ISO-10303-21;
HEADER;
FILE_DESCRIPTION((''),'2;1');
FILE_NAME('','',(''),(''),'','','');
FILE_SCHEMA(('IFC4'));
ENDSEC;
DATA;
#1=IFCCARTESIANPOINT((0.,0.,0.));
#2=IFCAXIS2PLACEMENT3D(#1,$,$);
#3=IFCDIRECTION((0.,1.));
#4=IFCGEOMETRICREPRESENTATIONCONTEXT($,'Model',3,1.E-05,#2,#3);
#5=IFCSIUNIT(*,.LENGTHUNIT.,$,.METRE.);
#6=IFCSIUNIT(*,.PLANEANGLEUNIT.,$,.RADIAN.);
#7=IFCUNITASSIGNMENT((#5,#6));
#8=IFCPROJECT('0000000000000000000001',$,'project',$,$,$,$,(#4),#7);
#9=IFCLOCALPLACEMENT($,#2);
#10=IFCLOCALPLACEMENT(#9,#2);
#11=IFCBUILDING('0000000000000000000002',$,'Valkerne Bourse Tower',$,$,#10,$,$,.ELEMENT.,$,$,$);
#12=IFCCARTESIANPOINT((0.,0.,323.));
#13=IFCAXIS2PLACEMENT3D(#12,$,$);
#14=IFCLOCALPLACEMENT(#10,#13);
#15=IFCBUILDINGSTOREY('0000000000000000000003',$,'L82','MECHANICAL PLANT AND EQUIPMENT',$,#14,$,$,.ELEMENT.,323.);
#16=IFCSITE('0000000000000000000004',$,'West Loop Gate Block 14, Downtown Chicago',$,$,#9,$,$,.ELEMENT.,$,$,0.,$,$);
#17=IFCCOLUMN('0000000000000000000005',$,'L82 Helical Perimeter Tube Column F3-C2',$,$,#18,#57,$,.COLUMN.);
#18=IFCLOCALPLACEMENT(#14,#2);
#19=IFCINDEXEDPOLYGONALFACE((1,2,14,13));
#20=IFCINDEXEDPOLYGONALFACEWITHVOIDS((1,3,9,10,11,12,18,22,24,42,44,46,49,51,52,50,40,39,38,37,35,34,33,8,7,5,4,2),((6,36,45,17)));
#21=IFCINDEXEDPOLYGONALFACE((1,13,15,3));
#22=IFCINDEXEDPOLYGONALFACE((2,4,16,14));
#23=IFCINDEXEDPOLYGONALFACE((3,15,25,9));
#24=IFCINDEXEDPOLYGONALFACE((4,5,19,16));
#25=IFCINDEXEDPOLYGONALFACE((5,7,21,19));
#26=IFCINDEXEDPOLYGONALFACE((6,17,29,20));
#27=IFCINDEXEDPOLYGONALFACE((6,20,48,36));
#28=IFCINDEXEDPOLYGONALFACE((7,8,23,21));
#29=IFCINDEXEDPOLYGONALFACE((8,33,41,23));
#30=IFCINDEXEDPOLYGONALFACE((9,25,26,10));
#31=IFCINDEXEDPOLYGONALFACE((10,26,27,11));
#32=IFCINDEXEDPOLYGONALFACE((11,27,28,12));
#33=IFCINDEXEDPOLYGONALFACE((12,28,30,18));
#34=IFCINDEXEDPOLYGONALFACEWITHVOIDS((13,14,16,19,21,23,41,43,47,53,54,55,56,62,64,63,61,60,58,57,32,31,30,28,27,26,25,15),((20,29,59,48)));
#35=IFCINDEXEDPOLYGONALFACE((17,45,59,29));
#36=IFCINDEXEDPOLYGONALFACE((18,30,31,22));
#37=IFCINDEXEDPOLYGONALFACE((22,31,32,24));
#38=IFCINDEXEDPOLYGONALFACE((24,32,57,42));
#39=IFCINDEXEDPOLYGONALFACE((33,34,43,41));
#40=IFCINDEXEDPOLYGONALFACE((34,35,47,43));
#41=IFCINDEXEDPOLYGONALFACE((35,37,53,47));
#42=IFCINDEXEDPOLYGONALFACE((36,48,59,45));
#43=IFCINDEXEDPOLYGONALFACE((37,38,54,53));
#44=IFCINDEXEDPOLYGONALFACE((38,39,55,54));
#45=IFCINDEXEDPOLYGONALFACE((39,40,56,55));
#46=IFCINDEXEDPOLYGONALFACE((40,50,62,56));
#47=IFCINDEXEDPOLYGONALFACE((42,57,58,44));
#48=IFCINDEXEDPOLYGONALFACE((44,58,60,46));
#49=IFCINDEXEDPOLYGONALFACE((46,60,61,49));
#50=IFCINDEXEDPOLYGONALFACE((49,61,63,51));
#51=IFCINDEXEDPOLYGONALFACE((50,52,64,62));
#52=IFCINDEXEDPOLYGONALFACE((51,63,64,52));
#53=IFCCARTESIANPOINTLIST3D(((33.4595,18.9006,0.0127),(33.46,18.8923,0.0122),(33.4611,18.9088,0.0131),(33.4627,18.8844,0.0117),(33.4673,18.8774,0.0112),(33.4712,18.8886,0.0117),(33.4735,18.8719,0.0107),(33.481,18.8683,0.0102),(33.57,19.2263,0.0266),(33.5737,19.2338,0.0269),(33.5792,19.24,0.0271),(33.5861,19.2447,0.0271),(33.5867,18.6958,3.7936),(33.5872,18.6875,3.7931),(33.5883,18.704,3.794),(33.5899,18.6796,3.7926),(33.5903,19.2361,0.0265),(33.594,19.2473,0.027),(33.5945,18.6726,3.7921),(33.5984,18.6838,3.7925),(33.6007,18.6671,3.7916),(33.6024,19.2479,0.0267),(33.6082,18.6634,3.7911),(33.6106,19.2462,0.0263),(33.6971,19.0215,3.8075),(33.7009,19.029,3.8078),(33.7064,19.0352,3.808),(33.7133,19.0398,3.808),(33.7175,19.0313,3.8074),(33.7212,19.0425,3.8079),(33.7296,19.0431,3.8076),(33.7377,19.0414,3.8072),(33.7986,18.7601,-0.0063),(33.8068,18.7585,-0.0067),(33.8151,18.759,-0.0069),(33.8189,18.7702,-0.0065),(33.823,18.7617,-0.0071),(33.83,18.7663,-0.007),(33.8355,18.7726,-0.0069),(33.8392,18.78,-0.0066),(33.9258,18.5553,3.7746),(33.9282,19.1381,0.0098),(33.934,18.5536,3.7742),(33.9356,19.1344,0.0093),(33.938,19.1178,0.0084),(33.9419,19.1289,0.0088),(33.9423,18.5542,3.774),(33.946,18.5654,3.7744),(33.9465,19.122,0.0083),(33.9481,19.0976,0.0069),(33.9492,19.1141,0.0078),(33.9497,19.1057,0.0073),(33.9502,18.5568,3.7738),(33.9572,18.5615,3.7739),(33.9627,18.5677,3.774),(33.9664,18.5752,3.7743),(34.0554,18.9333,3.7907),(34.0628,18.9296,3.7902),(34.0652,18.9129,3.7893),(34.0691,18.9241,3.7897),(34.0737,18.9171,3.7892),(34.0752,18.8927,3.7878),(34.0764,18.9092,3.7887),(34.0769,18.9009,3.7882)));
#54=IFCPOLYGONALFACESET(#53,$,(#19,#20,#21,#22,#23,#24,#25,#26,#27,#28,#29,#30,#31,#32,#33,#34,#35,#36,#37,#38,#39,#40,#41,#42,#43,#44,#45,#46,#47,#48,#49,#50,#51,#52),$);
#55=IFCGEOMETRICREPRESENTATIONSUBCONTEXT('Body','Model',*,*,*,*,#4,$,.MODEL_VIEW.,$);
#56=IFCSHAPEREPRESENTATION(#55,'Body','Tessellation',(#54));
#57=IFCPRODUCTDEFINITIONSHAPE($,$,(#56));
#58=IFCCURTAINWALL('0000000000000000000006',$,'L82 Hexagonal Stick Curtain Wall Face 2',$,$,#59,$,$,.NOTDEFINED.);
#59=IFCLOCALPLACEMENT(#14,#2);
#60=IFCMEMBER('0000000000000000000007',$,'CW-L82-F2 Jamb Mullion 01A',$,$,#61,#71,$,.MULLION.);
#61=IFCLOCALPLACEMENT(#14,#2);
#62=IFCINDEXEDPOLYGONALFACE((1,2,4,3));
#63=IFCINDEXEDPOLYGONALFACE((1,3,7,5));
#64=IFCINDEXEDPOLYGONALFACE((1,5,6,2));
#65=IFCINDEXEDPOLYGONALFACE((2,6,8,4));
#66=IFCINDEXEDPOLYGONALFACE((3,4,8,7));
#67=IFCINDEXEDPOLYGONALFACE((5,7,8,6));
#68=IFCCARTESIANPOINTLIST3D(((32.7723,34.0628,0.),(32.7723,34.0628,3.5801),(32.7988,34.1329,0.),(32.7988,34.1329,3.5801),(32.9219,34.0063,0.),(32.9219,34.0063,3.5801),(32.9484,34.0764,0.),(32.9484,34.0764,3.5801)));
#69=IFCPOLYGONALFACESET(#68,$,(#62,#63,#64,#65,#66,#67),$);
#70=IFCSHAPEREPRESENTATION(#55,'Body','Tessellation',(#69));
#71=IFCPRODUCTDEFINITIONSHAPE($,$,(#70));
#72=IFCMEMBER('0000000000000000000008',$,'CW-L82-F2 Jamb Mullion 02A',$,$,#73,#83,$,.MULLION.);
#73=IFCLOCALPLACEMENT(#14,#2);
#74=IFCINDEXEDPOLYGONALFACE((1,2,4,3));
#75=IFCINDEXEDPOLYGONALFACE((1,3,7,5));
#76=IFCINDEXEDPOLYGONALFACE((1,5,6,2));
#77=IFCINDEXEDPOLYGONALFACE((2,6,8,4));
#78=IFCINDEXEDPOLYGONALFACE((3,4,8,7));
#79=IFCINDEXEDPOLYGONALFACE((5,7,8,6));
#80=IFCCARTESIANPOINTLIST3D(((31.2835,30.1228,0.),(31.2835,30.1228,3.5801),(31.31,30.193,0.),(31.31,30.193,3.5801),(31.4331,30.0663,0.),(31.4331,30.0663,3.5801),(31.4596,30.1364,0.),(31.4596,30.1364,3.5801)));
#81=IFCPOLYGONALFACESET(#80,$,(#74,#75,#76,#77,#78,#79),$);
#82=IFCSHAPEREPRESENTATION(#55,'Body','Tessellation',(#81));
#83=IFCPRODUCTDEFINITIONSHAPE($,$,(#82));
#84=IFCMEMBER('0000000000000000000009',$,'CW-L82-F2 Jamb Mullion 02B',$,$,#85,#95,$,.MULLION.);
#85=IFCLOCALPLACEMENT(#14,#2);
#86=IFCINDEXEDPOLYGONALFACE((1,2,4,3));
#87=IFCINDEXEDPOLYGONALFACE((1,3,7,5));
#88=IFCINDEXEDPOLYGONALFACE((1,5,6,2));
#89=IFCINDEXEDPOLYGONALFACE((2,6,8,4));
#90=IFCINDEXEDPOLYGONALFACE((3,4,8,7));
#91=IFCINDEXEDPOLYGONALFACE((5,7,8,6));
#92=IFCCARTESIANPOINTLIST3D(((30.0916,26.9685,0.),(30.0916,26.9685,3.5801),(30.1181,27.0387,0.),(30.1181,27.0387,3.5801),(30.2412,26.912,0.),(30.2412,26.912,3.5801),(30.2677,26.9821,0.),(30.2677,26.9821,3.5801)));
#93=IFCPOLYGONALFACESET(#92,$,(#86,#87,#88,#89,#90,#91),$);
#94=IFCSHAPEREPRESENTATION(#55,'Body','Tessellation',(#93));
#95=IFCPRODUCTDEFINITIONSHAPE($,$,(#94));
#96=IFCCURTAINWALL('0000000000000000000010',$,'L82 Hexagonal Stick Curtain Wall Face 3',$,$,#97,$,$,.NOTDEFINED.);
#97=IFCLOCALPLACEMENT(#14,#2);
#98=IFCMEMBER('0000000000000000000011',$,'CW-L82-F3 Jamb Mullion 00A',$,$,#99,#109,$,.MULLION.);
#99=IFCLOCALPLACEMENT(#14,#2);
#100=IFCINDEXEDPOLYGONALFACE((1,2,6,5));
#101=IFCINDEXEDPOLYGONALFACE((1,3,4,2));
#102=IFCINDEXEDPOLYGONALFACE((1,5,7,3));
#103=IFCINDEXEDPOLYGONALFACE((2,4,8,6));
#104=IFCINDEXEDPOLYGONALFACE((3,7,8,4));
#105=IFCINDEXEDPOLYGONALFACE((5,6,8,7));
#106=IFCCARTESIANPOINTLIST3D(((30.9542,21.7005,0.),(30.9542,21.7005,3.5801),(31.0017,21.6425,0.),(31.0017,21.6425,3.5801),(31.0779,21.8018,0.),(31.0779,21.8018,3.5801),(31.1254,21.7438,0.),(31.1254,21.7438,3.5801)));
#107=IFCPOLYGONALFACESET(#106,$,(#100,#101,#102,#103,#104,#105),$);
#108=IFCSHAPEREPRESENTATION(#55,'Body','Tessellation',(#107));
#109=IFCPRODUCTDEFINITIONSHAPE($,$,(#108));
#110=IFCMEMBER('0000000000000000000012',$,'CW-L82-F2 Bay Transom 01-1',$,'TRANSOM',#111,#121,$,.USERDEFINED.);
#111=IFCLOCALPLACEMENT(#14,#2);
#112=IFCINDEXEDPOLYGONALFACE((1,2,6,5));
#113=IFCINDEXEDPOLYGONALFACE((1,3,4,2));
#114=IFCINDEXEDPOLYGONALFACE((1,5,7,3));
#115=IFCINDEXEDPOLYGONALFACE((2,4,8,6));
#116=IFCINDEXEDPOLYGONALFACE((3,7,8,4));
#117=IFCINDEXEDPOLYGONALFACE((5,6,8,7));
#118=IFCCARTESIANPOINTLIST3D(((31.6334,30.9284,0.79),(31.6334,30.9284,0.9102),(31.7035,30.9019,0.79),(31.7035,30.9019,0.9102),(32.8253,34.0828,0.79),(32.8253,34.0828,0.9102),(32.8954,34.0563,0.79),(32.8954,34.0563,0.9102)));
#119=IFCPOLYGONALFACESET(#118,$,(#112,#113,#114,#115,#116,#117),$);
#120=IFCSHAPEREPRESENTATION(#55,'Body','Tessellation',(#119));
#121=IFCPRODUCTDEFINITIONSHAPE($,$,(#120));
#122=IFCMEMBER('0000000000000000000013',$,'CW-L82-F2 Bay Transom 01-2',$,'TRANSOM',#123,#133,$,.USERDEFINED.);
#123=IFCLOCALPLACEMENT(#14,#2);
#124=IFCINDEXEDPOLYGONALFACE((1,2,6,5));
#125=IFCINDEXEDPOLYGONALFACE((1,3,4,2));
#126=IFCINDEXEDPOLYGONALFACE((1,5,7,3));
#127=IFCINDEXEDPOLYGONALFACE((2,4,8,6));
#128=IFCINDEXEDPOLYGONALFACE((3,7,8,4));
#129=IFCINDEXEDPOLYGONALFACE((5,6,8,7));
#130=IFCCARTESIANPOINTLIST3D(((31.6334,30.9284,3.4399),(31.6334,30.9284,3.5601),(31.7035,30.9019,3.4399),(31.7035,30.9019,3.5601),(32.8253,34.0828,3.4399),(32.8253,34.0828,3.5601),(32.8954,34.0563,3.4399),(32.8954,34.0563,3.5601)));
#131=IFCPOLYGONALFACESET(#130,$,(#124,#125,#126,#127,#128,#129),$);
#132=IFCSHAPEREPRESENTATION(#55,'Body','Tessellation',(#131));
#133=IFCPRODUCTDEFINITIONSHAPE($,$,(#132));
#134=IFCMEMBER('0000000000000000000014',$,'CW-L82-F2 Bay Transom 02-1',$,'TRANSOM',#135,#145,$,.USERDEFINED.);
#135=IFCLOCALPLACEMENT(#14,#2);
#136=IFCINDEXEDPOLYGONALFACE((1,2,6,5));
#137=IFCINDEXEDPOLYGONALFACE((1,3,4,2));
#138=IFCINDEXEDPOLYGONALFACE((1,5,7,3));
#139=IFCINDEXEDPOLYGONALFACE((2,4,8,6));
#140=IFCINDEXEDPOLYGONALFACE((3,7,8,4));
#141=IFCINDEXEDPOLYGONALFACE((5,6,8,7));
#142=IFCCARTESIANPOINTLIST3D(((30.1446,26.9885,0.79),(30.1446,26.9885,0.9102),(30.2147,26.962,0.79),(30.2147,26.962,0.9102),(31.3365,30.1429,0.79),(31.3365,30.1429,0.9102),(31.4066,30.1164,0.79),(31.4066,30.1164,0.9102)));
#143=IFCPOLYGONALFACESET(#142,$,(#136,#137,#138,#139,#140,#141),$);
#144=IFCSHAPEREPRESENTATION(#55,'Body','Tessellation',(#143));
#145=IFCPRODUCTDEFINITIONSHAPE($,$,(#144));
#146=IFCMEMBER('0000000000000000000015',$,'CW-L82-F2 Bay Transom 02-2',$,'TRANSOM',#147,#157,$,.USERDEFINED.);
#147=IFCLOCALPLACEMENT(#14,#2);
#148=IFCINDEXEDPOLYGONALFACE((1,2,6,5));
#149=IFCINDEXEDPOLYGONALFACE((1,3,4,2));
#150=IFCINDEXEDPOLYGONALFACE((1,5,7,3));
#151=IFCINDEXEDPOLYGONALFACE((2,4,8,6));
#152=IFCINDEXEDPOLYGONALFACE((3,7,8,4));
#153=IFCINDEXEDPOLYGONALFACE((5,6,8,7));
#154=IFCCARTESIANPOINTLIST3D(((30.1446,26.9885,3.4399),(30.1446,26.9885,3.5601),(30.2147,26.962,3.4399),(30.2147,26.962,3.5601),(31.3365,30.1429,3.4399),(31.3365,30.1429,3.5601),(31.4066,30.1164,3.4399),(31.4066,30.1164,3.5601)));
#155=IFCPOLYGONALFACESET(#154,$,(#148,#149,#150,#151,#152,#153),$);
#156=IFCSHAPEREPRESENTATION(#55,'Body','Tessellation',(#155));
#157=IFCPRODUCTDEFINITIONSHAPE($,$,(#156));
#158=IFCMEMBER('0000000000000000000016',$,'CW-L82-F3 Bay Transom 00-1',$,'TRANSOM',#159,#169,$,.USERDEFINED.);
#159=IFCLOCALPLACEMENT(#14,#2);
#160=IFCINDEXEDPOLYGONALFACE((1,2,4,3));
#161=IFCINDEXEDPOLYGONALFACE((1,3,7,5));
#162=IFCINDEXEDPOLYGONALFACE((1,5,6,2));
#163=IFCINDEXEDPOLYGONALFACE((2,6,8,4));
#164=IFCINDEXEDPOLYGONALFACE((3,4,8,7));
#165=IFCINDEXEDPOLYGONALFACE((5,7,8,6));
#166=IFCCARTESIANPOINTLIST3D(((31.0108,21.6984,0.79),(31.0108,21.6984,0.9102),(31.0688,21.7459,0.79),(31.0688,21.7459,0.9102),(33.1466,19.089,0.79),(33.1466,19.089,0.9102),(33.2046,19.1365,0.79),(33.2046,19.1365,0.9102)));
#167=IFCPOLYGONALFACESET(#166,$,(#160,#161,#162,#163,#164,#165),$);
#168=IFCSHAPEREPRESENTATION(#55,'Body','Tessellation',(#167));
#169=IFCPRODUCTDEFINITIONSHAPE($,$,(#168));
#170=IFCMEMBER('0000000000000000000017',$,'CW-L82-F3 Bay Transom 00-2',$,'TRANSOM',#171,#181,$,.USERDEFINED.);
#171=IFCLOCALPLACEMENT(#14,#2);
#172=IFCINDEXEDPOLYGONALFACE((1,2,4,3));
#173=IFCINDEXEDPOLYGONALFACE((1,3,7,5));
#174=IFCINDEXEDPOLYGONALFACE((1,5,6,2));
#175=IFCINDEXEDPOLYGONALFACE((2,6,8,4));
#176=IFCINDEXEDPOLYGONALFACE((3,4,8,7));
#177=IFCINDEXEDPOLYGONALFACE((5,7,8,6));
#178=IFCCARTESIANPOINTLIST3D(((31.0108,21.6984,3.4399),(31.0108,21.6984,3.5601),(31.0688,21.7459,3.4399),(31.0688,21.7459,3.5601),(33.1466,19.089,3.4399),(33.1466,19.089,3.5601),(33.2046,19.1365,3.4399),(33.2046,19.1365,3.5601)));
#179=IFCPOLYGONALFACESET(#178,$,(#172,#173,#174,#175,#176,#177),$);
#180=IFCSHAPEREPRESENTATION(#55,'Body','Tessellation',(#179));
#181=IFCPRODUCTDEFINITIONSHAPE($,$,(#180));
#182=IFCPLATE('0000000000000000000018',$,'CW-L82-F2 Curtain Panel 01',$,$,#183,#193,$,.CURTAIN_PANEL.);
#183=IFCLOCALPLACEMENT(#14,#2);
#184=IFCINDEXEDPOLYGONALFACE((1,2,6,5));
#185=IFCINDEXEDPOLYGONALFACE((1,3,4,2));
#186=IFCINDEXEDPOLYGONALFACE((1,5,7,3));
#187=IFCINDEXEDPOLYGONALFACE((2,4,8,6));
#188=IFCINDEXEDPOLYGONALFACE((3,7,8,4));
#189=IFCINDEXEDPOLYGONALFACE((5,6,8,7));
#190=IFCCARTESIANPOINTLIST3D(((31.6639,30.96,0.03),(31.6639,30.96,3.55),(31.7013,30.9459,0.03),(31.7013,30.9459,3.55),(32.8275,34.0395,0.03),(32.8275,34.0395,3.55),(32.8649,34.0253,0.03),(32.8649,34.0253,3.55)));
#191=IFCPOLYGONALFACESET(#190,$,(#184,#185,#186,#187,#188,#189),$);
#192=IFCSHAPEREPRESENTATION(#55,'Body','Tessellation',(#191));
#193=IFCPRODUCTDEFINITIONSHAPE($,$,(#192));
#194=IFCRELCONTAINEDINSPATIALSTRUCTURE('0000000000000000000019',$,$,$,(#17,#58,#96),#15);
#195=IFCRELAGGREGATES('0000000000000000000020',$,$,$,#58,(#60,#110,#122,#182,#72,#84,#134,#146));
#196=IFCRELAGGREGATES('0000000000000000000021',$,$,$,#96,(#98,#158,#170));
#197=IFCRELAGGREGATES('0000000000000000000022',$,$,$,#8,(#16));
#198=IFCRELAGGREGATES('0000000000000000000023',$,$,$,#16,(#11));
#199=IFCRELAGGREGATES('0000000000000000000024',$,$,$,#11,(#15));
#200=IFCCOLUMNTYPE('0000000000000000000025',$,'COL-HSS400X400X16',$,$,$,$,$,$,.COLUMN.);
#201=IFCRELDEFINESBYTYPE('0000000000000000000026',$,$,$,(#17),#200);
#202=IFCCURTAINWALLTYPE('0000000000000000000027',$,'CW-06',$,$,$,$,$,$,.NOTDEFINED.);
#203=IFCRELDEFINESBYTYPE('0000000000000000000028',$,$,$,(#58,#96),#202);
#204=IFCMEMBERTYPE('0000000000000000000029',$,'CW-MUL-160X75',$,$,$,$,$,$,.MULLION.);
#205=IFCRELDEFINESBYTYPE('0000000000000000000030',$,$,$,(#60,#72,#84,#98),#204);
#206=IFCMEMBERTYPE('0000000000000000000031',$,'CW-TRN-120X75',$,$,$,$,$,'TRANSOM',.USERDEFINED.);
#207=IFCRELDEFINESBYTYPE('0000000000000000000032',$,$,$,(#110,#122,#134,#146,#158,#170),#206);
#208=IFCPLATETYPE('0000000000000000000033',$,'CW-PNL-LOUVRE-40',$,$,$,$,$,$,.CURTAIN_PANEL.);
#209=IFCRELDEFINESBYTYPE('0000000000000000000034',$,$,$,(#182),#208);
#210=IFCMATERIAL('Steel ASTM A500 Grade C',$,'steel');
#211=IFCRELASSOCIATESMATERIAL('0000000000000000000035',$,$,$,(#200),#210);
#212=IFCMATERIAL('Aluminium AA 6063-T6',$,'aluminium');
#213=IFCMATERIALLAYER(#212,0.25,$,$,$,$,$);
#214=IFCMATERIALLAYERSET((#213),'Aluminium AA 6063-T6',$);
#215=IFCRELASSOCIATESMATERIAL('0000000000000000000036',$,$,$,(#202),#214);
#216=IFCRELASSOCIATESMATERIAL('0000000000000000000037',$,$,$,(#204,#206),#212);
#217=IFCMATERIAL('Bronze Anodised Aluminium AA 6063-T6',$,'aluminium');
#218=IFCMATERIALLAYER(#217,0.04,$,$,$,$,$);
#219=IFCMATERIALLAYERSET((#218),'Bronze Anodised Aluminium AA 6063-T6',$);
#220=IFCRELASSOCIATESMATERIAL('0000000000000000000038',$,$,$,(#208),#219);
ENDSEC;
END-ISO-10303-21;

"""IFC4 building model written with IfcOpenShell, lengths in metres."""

from ifc_helpers import new_model, si_unit, direction, frame, origin, origin_2d, place, context, subcontext, project, spatial, rectangle, hollow_rectangle, extrude, material, layer, layer_set, material_profile, profile_set, type_object, element, aggregate, save


model = new_model("IFC4")

# Units and contexts
model_context = context("Model", 3, precision=1e-05, world=origin(), true_north=direction((0.0, 1.0)))
body_context = subcontext(model_context, "Body", "Model", "MODEL_VIEW")
ifc_project = project(units=[si_unit("LENGTHUNIT", "METRE"), si_unit("PLANEANGLEUNIT", "RADIAN")], contexts=[model_context])

# Site, building, storey
site_placement = place(None, origin())
site = spatial("IfcSite", under=ifc_project, at=site_placement, Name="West Loop Gate Block 14, Downtown Chicago", CompositionType="ELEMENT", RefElevation=0.0)
building_placement = place(site_placement, origin())
building = spatial("IfcBuilding", under=site, at=building_placement, Name="Valkerne Bourse Tower", CompositionType="ELEMENT")
storey_placement = place(building_placement, frame((0.0, 0.0, 323.0)))
storey = spatial("IfcBuildingStorey", under=building, at=storey_placement, Name="L82", Description="MECHANICAL PLANT AND EQUIPMENT", CompositionType="ELEMENT", Elevation=323.0)

# Column
ifc_material_1 = material(Name="Steel ASTM A500 Grade C", Category="steel")
ifc_material_profile_1 = material_profile(ifc_material_1, hollow_rectangle(XDim=0.3999, YDim=0.3999, WallThickness=0.0161, OuterFilletRadius=0.032, at=origin_2d()), Name="HSS400X400X16")
ifc_profile_set_1 = profile_set([ifc_material_profile_1], Name="Steel ASTM A500 Grade C")
column_type = type_object("IfcColumnType", Name="COL-HSS400X400X16", PredefinedType="COLUMN", material=ifc_profile_set_1)
column_placement = place(storey_placement, frame((33.7046, 19.0032, 0.01), z_axis=(0.033573, -0.054065, 0.997973), x_axis=(0.94548, -0.321935, -0.049248)))
element("IfcColumn", 1, at=column_placement, inside=storey, type_object=column_type, Name="L82 Helical Perimeter Tube Column F3-C2", PredefinedType="COLUMN", context=body_context, shape_type="SweptSolid", body=[
    extrude(hollow_rectangle(XDim=0.3999, YDim=0.3999, WallThickness=0.0161, OuterFilletRadius=0.032, at=origin_2d()), origin(), (0.0, 0.0, 1.0), 3.7886),
])

# Curtain wall, members
ifc_material_2 = material(Name="Aluminium AA 6063-T6", Category="aluminium")
ifc_layer_1 = layer(ifc_material_2, 0.25)
ifc_layer_set_1 = layer_set([ifc_layer_1], Name="Aluminium AA 6063-T6")
curtain_wall_type = type_object("IfcCurtainWallType", Name="CW-06", PredefinedType="NOTDEFINED", material=ifc_layer_set_1)
curtain_wall_1_placement = place(storey_placement, origin())
curtain_wall_1 = element("IfcCurtainWall", 2, at=curtain_wall_1_placement, inside=storey, type_object=curtain_wall_type, Name="L82 Hexagonal Stick Curtain Wall Face 2", PredefinedType="NOTDEFINED")
ifc_material_profile_2 = material_profile(ifc_material_2, rectangle(XDim=0.075, YDim=0.1599, at=origin_2d()), Name="CWM-75X160")
ifc_profile_set_2 = profile_set([ifc_material_profile_2], Name="Aluminium AA 6063-T6")
member_type_1 = type_object("IfcMemberType", Name="CW-MUL-160X75", PredefinedType="MULLION", material=ifc_profile_set_2)
member_1_placement = place(storey_placement, frame((32.8604, 34.0696, 0.0), z_axis=(0.0, 0.0, 1.0), x_axis=(-0.353467, -0.935447, 0.0)))
member_1 = element("IfcMember", 3, at=member_1_placement, type_object=member_type_1, Name="CW-L82-F2 Jamb Mullion 01A", PredefinedType="MULLION", context=body_context, shape_type="SweptSolid", body=[
    extrude(rectangle(XDim=0.075, YDim=0.1599, at=origin_2d()), origin(), (0.0, 0.0, 1.0), 3.5801),
])
member_2_placement = place(storey_placement, frame((31.3716, 30.1296, 0.0), z_axis=(0.0, 0.0, 1.0), x_axis=(-0.353467, -0.935447, 0.0)))
member_2 = element("IfcMember", 4, at=member_2_placement, type_object=member_type_1, Name="CW-L82-F2 Jamb Mullion 02A", PredefinedType="MULLION", context=body_context, shape_type="SweptSolid", body=[
    extrude(rectangle(XDim=0.075, YDim=0.1599, at=origin_2d()), origin(), (0.0, 0.0, 1.0), 3.5801),
])
member_3_placement = place(storey_placement, frame((30.1797, 26.9753, 0.0), z_axis=(0.0, 0.0, 1.0), x_axis=(-0.353467, -0.935447, 0.0)))
member_3 = element("IfcMember", 5, at=member_3_placement, type_object=member_type_1, Name="CW-L82-F2 Jamb Mullion 02B", PredefinedType="MULLION", context=body_context, shape_type="SweptSolid", body=[
    extrude(rectangle(XDim=0.075, YDim=0.1599, at=origin_2d()), origin(), (0.0, 0.0, 1.0), 3.5801),
])

# Curtain wall, member
curtain_wall_2_placement = place(storey_placement, origin())
curtain_wall_2 = element("IfcCurtainWall", 6, at=curtain_wall_2_placement, inside=storey, type_object=curtain_wall_type, Name="L82 Hexagonal Stick Curtain Wall Face 3", PredefinedType="NOTDEFINED")
member_4_placement = place(storey_placement, frame((31.0398, 21.7222, 0.0), z_axis=(0.0, 0.0, 1.0), x_axis=(0.633383, -0.773839, 0.0)))
member_4 = element("IfcMember", 7, at=member_4_placement, type_object=member_type_1, Name="CW-L82-F3 Jamb Mullion 00A", PredefinedType="MULLION", context=body_context, shape_type="SweptSolid", body=[
    extrude(rectangle(XDim=0.075, YDim=0.1599, at=origin_2d()), origin(), (0.0, 0.0, 1.0), 3.5801),
])

# Members
ifc_material_profile_3 = material_profile(ifc_material_2, rectangle(XDim=0.075, YDim=0.1201, at=origin_2d()), Name="CWT-75X120")
ifc_profile_set_3 = profile_set([ifc_material_profile_3], Name="Aluminium AA 6063-T6")
member_type_2 = type_object("IfcMemberType", Name="CW-TRN-120X75", ElementType="TRANSOM", PredefinedType="USERDEFINED", material=ifc_profile_set_3)
member_5_placement = place(storey_placement, frame((32.8604, 34.0696, 0.8501), z_axis=(-0.353471, -0.935445, 0.0), x_axis=(0.935445, -0.353471, 0.0)))
member_5 = element("IfcMember", 8, at=member_5_placement, type_object=member_type_2, Name="CW-L82-F2 Bay Transom 01-1", ObjectType="TRANSOM", PredefinedType="USERDEFINED", context=body_context, shape_type="SweptSolid", body=[
    extrude(rectangle(XDim=0.075, YDim=0.1201, at=origin_2d()), origin(), (0.0, 0.0, 1.0), 3.3721),
])
member_6_placement = place(storey_placement, frame((32.8604, 34.0696, 3.5), z_axis=(-0.353471, -0.935445, 0.0), x_axis=(0.935445, -0.353471, 0.0)))
member_6 = element("IfcMember", 9, at=member_6_placement, type_object=member_type_2, Name="CW-L82-F2 Bay Transom 01-2", ObjectType="TRANSOM", PredefinedType="USERDEFINED", context=body_context, shape_type="SweptSolid", body=[
    extrude(rectangle(XDim=0.075, YDim=0.1201, at=origin_2d()), origin(), (0.0, 0.0, 1.0), 3.3721),
])
member_7_placement = place(storey_placement, frame((31.3716, 30.1296, 0.8501), z_axis=(-0.353471, -0.935445, 0.0), x_axis=(0.935445, -0.353471, 0.0)))
member_7 = element("IfcMember", 10, at=member_7_placement, type_object=member_type_2, Name="CW-L82-F2 Bay Transom 02-1", ObjectType="TRANSOM", PredefinedType="USERDEFINED", context=body_context, shape_type="SweptSolid", body=[
    extrude(rectangle(XDim=0.075, YDim=0.1201, at=origin_2d()), origin(), (0.0, 0.0, 1.0), 3.3721),
])
member_8_placement = place(storey_placement, frame((31.3716, 30.1296, 3.5), z_axis=(-0.353471, -0.935445, 0.0), x_axis=(0.935445, -0.353471, 0.0)))
member_8 = element("IfcMember", 11, at=member_8_placement, type_object=member_type_2, Name="CW-L82-F2 Bay Transom 02-2", ObjectType="TRANSOM", PredefinedType="USERDEFINED", context=body_context, shape_type="SweptSolid", body=[
    extrude(rectangle(XDim=0.075, YDim=0.1201, at=origin_2d()), origin(), (0.0, 0.0, 1.0), 3.3721),
])
member_9_placement = place(storey_placement, frame((31.0398, 21.7222, 0.8501), z_axis=(0.63338, -0.773841, 0.0), x_axis=(0.773841, 0.63338, 0.0)))
member_9 = element("IfcMember", 12, at=member_9_placement, type_object=member_type_2, Name="CW-L82-F3 Bay Transom 00-1", ObjectType="TRANSOM", PredefinedType="USERDEFINED", context=body_context, shape_type="SweptSolid", body=[
    extrude(rectangle(XDim=0.075, YDim=0.1201, at=origin_2d()), origin(), (0.0, 0.0, 1.0), 3.3721),
])
member_10_placement = place(storey_placement, frame((31.0398, 21.7222, 3.5), z_axis=(0.63338, -0.773841, 0.0), x_axis=(0.773841, 0.63338, 0.0)))
member_10 = element("IfcMember", 13, at=member_10_placement, type_object=member_type_2, Name="CW-L82-F3 Bay Transom 00-2", ObjectType="TRANSOM", PredefinedType="USERDEFINED", context=body_context, shape_type="SweptSolid", body=[
    extrude(rectangle(XDim=0.075, YDim=0.1201, at=origin_2d()), origin(), (0.0, 0.0, 1.0), 3.3721),
])

# Plate
ifc_material_3 = material(Name="Bronze Anodised Aluminium AA 6063-T6", Category="aluminium")
ifc_layer_2 = layer(ifc_material_3, 0.04)
ifc_layer_set_2 = layer_set([ifc_layer_2], Name="Bronze Anodised Aluminium AA 6063-T6")
plate_type_1 = type_object("IfcPlateType", Name="CW-PNL-LOUVRE-40", PredefinedType="CURTAIN_PANEL", material=ifc_layer_set_2)
plate_1_placement = place(storey_placement, frame((32.2644, 32.4927, 0.03), z_axis=(0.0, 0.0, 1.0), x_axis=(-0.353467, -0.935447, 0.0)))
plate_1 = element("IfcPlate", 14, at=plate_1_placement, type_object=plate_type_1, Name="CW-L82-F2 Curtain Panel 01", PredefinedType="CURTAIN_PANEL", context=body_context, shape_type="SweptSolid", body=[
    extrude(rectangle(XDim=3.292, YDim=0.04, at=origin_2d()), origin(), (0.0, 0.0, 1.0), 3.52),
])
aggregate(curtain_wall_1, [member_1, member_5, member_6, plate_1, member_2, member_3, member_7, member_8])
aggregate(curtain_wall_2, [member_4, member_9, member_10])

save(model, "model.ifc")
